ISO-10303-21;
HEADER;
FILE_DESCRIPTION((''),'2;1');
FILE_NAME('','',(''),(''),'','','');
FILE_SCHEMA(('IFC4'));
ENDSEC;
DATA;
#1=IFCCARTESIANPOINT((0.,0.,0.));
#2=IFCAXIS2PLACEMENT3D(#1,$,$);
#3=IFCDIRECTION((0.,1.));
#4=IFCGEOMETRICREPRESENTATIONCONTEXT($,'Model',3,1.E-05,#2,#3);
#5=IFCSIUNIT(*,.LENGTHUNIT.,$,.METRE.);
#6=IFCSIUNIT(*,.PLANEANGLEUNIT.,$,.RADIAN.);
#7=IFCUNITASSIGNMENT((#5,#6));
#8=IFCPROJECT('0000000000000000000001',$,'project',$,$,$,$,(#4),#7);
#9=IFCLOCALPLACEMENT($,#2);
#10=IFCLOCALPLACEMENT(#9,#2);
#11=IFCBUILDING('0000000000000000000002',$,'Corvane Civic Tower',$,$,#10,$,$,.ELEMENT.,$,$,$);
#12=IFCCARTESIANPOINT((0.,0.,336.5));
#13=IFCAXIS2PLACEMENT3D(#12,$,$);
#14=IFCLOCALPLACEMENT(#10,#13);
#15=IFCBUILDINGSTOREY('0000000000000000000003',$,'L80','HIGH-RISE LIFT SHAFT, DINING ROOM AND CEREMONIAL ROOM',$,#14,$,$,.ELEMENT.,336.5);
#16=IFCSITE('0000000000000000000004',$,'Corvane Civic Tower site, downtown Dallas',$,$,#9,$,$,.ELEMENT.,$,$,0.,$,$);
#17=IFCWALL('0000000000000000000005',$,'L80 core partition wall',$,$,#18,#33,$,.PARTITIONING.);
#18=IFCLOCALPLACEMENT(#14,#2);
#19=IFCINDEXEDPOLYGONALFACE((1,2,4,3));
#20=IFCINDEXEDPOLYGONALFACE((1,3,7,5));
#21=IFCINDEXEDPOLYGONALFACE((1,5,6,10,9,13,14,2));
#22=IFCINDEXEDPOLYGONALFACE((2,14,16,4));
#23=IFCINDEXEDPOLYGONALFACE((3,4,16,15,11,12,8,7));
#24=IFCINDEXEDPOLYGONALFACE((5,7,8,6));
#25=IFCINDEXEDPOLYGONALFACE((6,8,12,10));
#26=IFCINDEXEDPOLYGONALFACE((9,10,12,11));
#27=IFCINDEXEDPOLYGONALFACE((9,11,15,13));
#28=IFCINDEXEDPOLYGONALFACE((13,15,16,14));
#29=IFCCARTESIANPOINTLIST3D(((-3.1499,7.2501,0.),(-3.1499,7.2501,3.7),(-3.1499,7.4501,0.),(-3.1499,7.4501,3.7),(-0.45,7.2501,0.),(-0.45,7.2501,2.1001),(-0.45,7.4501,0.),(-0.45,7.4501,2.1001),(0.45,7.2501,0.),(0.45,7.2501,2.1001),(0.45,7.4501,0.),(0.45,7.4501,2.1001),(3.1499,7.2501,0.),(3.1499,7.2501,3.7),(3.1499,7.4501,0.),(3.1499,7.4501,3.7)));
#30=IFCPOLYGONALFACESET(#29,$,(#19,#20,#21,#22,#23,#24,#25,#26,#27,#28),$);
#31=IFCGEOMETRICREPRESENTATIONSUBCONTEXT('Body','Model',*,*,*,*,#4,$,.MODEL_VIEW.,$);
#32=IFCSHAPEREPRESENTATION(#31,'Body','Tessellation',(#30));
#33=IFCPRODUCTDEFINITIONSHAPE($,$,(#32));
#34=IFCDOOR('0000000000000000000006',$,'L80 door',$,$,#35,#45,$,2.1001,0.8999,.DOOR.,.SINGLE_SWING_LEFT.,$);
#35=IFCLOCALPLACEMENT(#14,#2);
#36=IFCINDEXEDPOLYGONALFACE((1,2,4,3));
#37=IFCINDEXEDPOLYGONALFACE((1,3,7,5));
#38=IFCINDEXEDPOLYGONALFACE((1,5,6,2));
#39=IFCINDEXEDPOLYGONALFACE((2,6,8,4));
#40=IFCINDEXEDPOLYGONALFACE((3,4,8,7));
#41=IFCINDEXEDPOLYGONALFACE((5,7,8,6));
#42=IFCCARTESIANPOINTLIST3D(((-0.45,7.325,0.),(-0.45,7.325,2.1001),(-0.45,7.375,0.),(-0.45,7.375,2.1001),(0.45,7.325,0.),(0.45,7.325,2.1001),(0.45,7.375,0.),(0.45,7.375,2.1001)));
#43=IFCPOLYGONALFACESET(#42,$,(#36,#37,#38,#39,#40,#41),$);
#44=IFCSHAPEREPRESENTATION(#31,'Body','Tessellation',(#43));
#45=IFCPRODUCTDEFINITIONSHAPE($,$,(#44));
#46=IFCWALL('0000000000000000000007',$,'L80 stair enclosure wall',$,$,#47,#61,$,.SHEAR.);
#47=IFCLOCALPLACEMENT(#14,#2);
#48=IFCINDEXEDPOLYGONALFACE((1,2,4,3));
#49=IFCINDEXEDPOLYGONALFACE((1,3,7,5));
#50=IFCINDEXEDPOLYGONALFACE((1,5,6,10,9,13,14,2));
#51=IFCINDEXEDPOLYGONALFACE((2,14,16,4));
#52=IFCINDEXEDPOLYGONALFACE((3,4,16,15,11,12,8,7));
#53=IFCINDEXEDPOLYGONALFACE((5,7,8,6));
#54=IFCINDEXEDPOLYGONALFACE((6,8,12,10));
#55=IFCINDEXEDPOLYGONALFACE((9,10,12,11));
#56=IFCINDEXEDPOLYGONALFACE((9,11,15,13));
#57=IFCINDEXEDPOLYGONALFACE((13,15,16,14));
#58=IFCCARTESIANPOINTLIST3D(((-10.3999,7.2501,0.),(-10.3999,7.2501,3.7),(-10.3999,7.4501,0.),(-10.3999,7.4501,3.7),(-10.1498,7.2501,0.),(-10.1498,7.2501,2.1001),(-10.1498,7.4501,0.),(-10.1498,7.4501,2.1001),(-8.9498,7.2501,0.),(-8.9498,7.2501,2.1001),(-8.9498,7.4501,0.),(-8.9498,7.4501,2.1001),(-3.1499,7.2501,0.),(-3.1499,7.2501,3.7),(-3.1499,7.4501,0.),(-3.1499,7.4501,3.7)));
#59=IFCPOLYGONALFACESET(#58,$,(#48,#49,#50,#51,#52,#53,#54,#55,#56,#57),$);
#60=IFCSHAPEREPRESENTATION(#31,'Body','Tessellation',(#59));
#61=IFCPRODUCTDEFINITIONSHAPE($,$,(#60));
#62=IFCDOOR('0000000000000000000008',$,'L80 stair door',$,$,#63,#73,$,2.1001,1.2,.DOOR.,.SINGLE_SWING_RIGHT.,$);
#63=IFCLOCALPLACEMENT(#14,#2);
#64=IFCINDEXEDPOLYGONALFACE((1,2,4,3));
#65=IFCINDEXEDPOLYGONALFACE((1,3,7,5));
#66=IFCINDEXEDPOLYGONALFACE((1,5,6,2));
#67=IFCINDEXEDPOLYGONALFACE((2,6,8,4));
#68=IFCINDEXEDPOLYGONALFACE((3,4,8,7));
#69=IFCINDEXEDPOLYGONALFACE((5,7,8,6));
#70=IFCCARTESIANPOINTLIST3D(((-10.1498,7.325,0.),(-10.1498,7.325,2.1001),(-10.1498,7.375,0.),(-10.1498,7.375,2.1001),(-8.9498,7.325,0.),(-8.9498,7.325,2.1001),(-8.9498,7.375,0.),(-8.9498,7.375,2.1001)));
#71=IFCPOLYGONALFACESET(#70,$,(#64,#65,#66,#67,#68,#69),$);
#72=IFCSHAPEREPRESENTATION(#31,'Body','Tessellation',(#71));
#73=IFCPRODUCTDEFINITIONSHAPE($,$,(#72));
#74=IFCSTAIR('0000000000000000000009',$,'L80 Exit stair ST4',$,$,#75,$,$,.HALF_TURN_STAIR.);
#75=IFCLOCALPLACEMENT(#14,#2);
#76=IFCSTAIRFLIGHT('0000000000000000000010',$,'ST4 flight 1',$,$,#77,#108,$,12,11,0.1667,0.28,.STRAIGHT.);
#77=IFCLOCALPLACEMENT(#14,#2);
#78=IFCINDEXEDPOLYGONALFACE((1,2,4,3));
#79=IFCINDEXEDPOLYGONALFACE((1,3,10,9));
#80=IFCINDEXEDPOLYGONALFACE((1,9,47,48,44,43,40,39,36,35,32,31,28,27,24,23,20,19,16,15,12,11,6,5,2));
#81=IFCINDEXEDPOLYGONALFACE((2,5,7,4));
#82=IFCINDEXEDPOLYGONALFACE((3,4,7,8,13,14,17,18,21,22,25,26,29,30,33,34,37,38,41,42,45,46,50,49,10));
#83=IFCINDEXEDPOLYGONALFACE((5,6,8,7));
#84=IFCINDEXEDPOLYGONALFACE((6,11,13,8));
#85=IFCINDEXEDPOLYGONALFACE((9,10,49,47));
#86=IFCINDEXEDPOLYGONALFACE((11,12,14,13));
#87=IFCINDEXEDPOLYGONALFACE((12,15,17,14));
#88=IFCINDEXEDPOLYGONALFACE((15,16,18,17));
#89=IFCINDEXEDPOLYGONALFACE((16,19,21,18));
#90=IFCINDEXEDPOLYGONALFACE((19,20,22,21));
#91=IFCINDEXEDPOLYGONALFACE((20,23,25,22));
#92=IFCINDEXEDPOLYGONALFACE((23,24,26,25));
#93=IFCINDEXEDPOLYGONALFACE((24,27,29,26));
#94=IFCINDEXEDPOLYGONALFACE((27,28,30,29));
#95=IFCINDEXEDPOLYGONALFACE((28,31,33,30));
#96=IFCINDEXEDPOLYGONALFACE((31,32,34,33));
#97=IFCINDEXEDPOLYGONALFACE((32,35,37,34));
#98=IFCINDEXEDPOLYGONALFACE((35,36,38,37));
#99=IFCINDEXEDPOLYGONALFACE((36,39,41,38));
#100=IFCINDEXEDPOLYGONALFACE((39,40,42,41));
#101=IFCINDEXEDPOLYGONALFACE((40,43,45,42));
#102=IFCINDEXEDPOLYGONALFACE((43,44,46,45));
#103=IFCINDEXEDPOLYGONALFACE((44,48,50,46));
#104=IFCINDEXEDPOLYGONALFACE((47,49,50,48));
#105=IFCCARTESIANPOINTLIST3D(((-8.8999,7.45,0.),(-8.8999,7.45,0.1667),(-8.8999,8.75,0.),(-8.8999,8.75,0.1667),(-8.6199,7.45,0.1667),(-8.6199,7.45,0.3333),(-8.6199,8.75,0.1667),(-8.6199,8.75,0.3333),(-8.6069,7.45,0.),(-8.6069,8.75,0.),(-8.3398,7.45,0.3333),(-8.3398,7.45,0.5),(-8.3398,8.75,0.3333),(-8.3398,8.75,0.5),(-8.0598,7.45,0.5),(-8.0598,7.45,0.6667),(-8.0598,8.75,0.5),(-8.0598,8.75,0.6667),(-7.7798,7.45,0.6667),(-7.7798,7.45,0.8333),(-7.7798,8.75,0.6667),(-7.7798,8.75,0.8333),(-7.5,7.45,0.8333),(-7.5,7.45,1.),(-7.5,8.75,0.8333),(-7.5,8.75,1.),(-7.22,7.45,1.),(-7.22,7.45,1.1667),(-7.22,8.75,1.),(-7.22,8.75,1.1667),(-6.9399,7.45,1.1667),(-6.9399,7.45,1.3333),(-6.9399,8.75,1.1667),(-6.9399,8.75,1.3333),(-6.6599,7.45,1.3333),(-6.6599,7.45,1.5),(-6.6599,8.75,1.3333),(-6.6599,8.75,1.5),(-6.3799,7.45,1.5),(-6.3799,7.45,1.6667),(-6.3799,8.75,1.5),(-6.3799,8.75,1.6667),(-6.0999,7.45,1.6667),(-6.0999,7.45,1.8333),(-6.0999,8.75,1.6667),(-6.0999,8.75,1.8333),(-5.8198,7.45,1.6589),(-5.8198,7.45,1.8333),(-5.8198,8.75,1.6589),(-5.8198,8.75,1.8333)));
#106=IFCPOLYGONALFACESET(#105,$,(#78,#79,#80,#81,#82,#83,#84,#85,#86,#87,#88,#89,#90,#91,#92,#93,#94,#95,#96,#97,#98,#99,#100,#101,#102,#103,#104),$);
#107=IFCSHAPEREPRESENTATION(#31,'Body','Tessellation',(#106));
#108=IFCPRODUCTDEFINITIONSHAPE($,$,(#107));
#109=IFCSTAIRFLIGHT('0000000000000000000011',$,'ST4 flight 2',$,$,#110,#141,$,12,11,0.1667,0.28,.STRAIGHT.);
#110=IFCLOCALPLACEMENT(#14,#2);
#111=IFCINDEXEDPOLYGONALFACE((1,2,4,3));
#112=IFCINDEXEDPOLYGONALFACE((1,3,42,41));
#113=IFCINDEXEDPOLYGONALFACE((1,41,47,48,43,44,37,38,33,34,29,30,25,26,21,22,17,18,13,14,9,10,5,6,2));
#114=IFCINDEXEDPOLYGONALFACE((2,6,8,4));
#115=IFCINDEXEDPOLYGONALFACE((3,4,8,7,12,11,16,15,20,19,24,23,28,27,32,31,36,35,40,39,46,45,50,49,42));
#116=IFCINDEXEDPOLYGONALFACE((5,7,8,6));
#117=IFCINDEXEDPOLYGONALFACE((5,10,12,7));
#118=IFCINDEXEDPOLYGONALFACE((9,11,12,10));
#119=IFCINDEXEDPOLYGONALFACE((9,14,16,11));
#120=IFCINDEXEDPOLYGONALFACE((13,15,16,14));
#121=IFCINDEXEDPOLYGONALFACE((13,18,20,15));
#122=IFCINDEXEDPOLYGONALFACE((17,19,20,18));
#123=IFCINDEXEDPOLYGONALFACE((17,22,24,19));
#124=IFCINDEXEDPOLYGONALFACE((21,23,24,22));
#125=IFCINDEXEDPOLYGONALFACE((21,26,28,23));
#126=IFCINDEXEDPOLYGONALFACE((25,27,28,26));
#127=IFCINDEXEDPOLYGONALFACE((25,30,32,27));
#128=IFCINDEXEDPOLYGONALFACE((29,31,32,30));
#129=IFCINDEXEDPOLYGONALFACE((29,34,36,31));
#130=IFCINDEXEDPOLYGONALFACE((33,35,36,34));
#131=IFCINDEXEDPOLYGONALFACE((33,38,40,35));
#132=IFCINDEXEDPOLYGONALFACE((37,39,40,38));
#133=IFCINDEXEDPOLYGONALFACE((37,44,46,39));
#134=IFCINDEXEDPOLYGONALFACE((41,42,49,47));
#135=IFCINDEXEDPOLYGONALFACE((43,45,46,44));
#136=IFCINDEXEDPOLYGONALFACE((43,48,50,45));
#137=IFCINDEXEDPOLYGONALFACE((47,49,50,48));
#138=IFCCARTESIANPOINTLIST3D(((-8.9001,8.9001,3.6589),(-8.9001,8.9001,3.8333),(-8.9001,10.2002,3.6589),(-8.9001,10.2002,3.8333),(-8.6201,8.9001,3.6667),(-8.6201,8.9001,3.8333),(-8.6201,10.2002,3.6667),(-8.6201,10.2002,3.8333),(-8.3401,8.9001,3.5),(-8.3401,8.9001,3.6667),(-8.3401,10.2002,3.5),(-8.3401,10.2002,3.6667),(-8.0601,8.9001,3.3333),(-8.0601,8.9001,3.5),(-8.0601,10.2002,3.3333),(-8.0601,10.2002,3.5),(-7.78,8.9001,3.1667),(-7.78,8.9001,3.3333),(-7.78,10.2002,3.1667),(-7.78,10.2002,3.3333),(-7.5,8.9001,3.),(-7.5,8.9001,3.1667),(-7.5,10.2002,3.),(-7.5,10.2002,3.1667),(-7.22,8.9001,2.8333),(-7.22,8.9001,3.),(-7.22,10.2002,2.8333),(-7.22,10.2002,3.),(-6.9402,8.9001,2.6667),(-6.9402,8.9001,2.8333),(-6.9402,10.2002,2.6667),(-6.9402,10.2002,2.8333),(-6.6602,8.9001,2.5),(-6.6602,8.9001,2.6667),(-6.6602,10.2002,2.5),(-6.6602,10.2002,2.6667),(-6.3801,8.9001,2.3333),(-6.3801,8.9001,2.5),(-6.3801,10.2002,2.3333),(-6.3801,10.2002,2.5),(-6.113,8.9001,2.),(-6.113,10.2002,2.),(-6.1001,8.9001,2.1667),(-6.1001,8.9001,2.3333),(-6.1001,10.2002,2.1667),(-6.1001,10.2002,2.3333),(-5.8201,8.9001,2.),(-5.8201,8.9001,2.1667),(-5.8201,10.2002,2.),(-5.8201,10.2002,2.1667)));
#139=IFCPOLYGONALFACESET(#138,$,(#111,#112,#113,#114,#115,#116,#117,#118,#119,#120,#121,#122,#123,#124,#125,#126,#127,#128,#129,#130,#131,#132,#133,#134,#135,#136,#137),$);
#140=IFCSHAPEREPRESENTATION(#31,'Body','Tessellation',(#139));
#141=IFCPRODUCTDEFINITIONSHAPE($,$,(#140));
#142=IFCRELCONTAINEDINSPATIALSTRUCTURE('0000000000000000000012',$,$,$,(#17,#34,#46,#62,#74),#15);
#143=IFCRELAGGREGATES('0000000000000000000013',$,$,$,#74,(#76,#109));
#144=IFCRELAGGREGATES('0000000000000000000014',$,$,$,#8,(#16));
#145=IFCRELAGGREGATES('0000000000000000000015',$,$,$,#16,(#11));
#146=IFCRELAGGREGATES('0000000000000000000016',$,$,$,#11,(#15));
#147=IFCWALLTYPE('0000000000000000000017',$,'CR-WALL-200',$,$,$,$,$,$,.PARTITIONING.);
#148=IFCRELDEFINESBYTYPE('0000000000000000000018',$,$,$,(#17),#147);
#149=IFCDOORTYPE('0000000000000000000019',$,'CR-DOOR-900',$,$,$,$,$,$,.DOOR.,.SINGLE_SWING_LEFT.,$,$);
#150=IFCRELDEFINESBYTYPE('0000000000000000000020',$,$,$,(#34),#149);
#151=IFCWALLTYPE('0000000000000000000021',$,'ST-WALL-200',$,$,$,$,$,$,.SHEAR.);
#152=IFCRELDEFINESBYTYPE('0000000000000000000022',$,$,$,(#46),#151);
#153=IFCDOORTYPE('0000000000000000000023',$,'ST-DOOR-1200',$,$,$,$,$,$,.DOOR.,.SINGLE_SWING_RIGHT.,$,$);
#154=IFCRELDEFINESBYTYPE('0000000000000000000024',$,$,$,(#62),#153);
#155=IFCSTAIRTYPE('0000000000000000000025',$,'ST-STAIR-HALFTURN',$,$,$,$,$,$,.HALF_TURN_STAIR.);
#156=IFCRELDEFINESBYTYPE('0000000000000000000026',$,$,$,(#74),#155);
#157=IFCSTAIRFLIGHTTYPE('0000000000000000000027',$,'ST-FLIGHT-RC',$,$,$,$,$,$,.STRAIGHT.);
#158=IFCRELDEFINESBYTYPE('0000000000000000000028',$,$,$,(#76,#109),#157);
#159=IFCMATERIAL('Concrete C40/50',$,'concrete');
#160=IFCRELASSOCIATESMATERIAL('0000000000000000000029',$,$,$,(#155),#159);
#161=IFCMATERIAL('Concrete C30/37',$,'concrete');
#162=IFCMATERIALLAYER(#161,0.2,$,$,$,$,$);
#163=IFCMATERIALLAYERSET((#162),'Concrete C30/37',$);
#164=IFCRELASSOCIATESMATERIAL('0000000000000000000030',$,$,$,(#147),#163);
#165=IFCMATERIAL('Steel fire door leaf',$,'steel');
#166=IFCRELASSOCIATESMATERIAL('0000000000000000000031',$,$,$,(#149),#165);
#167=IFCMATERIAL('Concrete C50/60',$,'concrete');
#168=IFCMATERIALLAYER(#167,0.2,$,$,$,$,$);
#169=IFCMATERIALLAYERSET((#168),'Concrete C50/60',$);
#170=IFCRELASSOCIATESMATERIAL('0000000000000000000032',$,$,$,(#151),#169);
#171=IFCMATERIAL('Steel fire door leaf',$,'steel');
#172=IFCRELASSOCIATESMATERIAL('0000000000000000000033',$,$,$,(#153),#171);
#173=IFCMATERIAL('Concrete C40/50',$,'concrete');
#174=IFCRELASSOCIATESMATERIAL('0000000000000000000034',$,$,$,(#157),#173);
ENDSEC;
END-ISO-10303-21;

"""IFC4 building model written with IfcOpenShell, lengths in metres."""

from ifc_helpers import new_model, si_unit, direction, frame, frame_2d, origin, place, context, subcontext, project, spatial, polyline, rectangle, outline, extrude, material, layer, layer_set, type_object, element, fill, aggregate, save


model = new_model("IFC4")

# Units and contexts
model_context = context("Model", 3, precision=1e-05, world=origin(), true_north=direction((0.0, 1.0)))
body_context = subcontext(model_context, "Body", "Model", "MODEL_VIEW")
ifc_project = project(units=[si_unit("LENGTHUNIT", "METRE"), si_unit("PLANEANGLEUNIT", "RADIAN")], contexts=[model_context])

# Site, building, storey
site_placement = place(None, origin())
site = spatial("IfcSite", under=ifc_project, at=site_placement, Name="Corvane Civic Tower site, downtown Dallas", CompositionType="ELEMENT", RefElevation=0.0)
building_placement = place(site_placement, origin())
building = spatial("IfcBuilding", under=site, at=building_placement, Name="Corvane Civic Tower", CompositionType="ELEMENT")
storey_placement = place(building_placement, frame((0.0, 0.0, 336.5)))
storey = spatial("IfcBuildingStorey", under=building, at=storey_placement, Name="L80", Description="HIGH-RISE LIFT SHAFT, DINING ROOM AND CEREMONIAL ROOM", CompositionType="ELEMENT", Elevation=336.5)

# Shared definitions
ifc_material_1 = material(Name="Concrete C40/50", Category="concrete")
stair_type = type_object("IfcStairType", Name="ST-STAIR-HALFTURN", PredefinedType="HALF_TURN_STAIR", material=ifc_material_1)

# Shared definitions
ifc_material_2 = material(Name="Concrete C30/37", Category="concrete")
ifc_layer_1 = layer(ifc_material_2, 0.2)
ifc_layer_set_1 = layer_set([ifc_layer_1], Name="Concrete C30/37")
wall_type_1 = type_object("IfcWallType", Name="CR-WALL-200", PredefinedType="PARTITIONING", material=ifc_layer_set_1)
ifc_material_3 = material(Name="Steel fire door leaf", Category="steel")
door_type_1 = type_object("IfcDoorType", Name="CR-DOOR-900", OperationType="SINGLE_SWING_LEFT", PredefinedType="DOOR", material=ifc_material_3)

# Walls, openings, doors
wall_1_placement = place(storey_placement, frame((-3.1499, 7.3501, 0.0), z_axis=(0.0, 0.0, 1.0), x_axis=(1.0, 0.0, 0.0)))
wall_1 = element("IfcWall", 1, at=wall_1_placement, inside=storey, type_object=wall_type_1, Name="L80 core partition wall", PredefinedType="PARTITIONING", context=body_context, shape_type="SweptSolid", body=[
    extrude(rectangle(XDim=6.2998, YDim=0.2, at=frame_2d((3.1499, 0.0))), origin(), (0.0, 0.0, 1.0), 3.7),
])
opening_1_placement = place(wall_1_placement, frame((2.7, 0.0, 0.0)))
opening_1 = element("IfcOpeningElement", 2, at=opening_1_placement, cuts=wall_1, PredefinedType="OPENING", context=body_context, shape_type="SweptSolid", body=[
    extrude(rectangle(XDim=0.8999, YDim=2.1001, at=frame_2d((0.45, 1.05))), frame((0.0, 0.1099, 0.0), z_axis=(0.0, -1.0, 0.0), x_axis=(1.0, 0.0, 0.0)), (0.0, 0.0, 1.0), 0.22),
])
door_1_placement = place(opening_1_placement, origin())
door_1 = element("IfcDoor", 3, at=door_1_placement, inside=storey, type_object=door_type_1, Name="L80 door", OperationType="SINGLE_SWING_LEFT", OverallHeight=2.1001, OverallWidth=0.8999, PredefinedType="DOOR", context=body_context, shape_type="SweptSolid", body=[
    extrude(rectangle(XDim=0.8999, YDim=2.1001, at=frame_2d((0.45, 1.05))), frame((0.0, 0.0249, 0.0), z_axis=(0.0, -1.0, 0.0), x_axis=(1.0, 0.0, 0.0)), (0.0, 0.0, 1.0), 0.05),
])
fill(opening_1, door_1)
ifc_material_4 = material(Name="Concrete C50/60", Category="concrete")
ifc_layer_2 = layer(ifc_material_4, 0.2)
ifc_layer_set_2 = layer_set([ifc_layer_2], Name="Concrete C50/60")
wall_type_2 = type_object("IfcWallType", Name="ST-WALL-200", PredefinedType="SHEAR", material=ifc_layer_set_2)
wall_2_placement = place(storey_placement, frame((-10.3999, 7.3501, 0.0), z_axis=(0.0, 0.0, 1.0), x_axis=(1.0, 0.0, 0.0)))
wall_2 = element("IfcWall", 4, at=wall_2_placement, inside=storey, type_object=wall_type_2, Name="L80 stair enclosure wall", PredefinedType="SHEAR", context=body_context, shape_type="SweptSolid", body=[
    extrude(rectangle(XDim=7.25, YDim=0.2, at=frame_2d((3.625, 0.0))), origin(), (0.0, 0.0, 1.0), 3.7),
])
opening_2_placement = place(wall_2_placement, frame((0.25, 0.0, 0.0)))
opening_2 = element("IfcOpeningElement", 5, at=opening_2_placement, cuts=wall_2, PredefinedType="OPENING", context=body_context, shape_type="SweptSolid", body=[
    extrude(rectangle(XDim=1.2, YDim=2.1001, at=frame_2d((0.6001, 1.05))), frame((0.0, 0.1099, 0.0), z_axis=(0.0, -1.0, 0.0), x_axis=(1.0, 0.0, 0.0)), (0.0, 0.0, 1.0), 0.22),
])
ifc_material_5 = material(Name="Steel fire door leaf", Category="steel")
door_type_2 = type_object("IfcDoorType", Name="ST-DOOR-1200", OperationType="SINGLE_SWING_RIGHT", PredefinedType="DOOR", material=ifc_material_5)
door_2_placement = place(opening_2_placement, origin())
door_2 = element("IfcDoor", 6, at=door_2_placement, inside=storey, type_object=door_type_2, Name="L80 stair door", OperationType="SINGLE_SWING_RIGHT", OverallHeight=2.1001, OverallWidth=1.2, PredefinedType="DOOR", context=body_context, shape_type="SweptSolid", body=[
    extrude(rectangle(XDim=1.2, YDim=2.1001, at=frame_2d((0.6001, 1.05))), frame((0.0, 0.0249, 0.0), z_axis=(0.0, -1.0, 0.0), x_axis=(1.0, 0.0, 0.0)), (0.0, 0.0, 1.0), 0.05),
])
fill(opening_2, door_2)

# Stair, stair flights
stair_1_placement = place(storey_placement, origin())
stair_1 = element("IfcStair", 7, at=stair_1_placement, inside=storey, type_object=stair_type, Name="L80 Exit stair ST4", PredefinedType="HALF_TURN_STAIR")
ifc_material_6 = material(Name="Concrete C40/50", Category="concrete")
stair_flight_type = type_object("IfcStairFlightType", Name="ST-FLIGHT-RC", PredefinedType="STRAIGHT", material=ifc_material_6)
stair_flight_1_placement = place(storey_placement, frame((-8.8999, 8.1001, 0.0), z_axis=(0.0, 0.0, 1.0), x_axis=(1.0, 0.0, 0.0)))
stair_flight_1 = element("IfcStairFlight", 8, at=stair_flight_1_placement, type_object=stair_flight_type, Name="ST4 flight 1", NumberOfRisers=12, NumberOfTreads=11, PredefinedType="STRAIGHT", RiserHeight=0.1667, TreadLength=0.28, context=body_context, shape_type="SweptSolid", body=[
    extrude(outline(polyline([(0.0, 0.0), (0.0, 0.1667), (0.28, 0.1667), (0.28, 0.3333), (0.5601, 0.3333), (0.5601, 0.5), (0.8401, 0.5), (0.8401, 0.6667), (1.1201, 0.6667), (1.1201, 0.8333), (1.3999, 0.8333), (1.3999, 1.0), (1.6799, 1.0), (1.6799, 1.1667), (1.96, 1.1667), (1.96, 1.3333), (2.24, 1.3333), (2.24, 1.5), (2.52, 1.5), (2.52, 1.6667), (2.8, 1.6667), (2.8, 1.8333), (3.0801, 1.8333), (3.0801, 2.0), (3.0801, 1.6589), (0.293, 0.0), (0.0, 0.0)])), frame((0.0, 0.6499, 0.0), z_axis=(0.0, -1.0, 0.0), x_axis=(1.0, 0.0, 0.0)), (0.0, 0.0, 1.0), 1.3),
])
stair_flight_2_placement = place(storey_placement, frame((-5.8201, 9.55, 2.0), z_axis=(0.0, 0.0, 1.0), x_axis=(-1.0, 0.0, 0.0)))
stair_flight_2 = element("IfcStairFlight", 9, at=stair_flight_2_placement, type_object=stair_flight_type, Name="ST4 flight 2", NumberOfRisers=12, NumberOfTreads=11, PredefinedType="STRAIGHT", RiserHeight=0.1667, TreadLength=0.28, context=body_context, shape_type="SweptSolid", body=[
    extrude(outline(polyline([(0.0, 0.0), (0.0, 0.1667), (0.28, 0.1667), (0.28, 0.3333), (0.5601, 0.3333), (0.5601, 0.5), (0.8401, 0.5), (0.8401, 0.6667), (1.1201, 0.6667), (1.1201, 0.8333), (1.3999, 0.8333), (1.3999, 1.0), (1.6799, 1.0), (1.6799, 1.1667), (1.96, 1.1667), (1.96, 1.3333), (2.24, 1.3333), (2.24, 1.5), (2.52, 1.5), (2.52, 1.6667), (2.8, 1.6667), (2.8, 1.8333), (3.0801, 1.8333), (3.0801, 2.0), (3.0801, 1.6589), (0.293, 0.0), (0.0, 0.0)])), frame((0.0, 0.6499, 0.0), z_axis=(0.0, -1.0, 0.0), x_axis=(1.0, 0.0, 0.0)), (0.0, 0.0, 1.0), 1.3),
])
aggregate(stair_1, [stair_flight_1, stair_flight_2])

save(model, "model.ifc")
